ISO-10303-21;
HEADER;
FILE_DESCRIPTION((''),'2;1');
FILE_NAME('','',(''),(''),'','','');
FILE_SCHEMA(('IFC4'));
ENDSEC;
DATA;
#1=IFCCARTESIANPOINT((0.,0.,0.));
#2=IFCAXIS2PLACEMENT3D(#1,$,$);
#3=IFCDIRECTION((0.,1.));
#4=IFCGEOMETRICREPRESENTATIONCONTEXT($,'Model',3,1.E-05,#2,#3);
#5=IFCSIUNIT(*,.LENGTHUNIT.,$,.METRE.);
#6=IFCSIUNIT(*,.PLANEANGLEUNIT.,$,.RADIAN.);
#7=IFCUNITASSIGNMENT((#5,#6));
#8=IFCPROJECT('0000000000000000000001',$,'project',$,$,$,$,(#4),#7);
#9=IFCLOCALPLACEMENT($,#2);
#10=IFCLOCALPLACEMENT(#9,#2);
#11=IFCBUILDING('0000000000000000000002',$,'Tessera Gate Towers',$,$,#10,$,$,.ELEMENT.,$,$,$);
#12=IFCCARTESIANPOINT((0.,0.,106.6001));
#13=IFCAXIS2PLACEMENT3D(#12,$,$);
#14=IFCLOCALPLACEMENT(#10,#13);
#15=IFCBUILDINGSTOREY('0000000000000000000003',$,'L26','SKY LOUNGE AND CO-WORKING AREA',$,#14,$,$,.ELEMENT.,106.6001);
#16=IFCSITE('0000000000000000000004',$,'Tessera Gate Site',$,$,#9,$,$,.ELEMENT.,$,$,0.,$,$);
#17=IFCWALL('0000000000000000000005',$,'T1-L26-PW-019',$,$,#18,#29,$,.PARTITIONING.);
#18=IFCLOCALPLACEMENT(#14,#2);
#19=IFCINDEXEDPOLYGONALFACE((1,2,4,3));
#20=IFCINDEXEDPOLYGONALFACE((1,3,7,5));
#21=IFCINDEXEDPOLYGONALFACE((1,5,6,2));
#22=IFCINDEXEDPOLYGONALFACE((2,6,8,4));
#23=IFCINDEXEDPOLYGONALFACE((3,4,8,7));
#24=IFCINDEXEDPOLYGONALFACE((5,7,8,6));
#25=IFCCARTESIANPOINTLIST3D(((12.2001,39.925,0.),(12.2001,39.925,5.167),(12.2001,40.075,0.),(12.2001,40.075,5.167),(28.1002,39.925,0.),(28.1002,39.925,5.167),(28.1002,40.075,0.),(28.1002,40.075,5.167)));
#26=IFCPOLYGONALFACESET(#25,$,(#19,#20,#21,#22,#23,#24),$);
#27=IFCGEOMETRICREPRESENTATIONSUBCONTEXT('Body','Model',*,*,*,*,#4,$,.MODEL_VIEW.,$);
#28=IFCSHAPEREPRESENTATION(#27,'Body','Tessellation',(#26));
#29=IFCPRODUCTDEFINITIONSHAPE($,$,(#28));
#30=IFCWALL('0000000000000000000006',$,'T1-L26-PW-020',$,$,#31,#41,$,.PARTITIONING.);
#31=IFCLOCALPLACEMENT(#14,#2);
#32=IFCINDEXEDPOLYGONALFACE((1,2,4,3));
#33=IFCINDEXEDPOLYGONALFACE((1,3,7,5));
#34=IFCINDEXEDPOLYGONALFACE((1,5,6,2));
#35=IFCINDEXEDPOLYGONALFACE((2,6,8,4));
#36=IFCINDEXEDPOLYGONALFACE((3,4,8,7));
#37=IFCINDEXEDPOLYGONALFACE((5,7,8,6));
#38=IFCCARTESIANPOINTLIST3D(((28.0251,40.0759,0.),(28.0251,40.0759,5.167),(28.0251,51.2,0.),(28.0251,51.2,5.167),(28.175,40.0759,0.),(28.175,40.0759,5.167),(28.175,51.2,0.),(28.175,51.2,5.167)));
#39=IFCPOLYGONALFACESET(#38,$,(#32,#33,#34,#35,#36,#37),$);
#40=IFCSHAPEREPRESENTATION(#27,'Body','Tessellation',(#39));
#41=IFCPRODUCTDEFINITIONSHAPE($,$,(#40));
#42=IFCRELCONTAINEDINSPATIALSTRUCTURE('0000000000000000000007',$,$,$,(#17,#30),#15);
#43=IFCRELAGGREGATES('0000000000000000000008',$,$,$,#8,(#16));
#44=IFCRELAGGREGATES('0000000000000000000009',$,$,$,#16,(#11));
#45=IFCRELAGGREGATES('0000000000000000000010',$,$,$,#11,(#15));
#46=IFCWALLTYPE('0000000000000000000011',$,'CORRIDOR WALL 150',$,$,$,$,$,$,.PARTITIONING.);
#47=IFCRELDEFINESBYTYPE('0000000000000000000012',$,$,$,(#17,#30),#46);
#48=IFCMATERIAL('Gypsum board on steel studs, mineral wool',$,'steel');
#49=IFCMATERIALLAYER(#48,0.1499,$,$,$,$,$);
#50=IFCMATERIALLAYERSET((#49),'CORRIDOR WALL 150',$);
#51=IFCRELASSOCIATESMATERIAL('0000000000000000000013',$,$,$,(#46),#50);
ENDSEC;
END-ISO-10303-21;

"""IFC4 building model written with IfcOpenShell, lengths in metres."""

from ifc_helpers import new_model, si_unit, direction, frame, frame_2d, origin, place, context, subcontext, project, spatial, rectangle, extrude, material, layer, layer_set, type_object, element, save


model = new_model("IFC4")

# Units and contexts
model_context = context("Model", 3, precision=1e-05, world=origin(), true_north=direction((0.0, 1.0)))
body_context = subcontext(model_context, "Body", "Model", "MODEL_VIEW")
ifc_project = project(units=[si_unit("LENGTHUNIT", "METRE"), si_unit("PLANEANGLEUNIT", "RADIAN")], contexts=[model_context])

# Site, building, storey
site_placement = place(None, origin())
site = spatial("IfcSite", under=ifc_project, at=site_placement, Name="Tessera Gate Site", CompositionType="ELEMENT", RefElevation=0.0)
building_placement = place(site_placement, origin())
building = spatial("IfcBuilding", under=site, at=building_placement, Name="Tessera Gate Towers", CompositionType="ELEMENT")
storey_placement = place(building_placement, frame((0.0, 0.0, 106.6001)))
storey = spatial("IfcBuildingStorey", under=building, at=storey_placement, Name="L26", Description="SKY LOUNGE AND CO-WORKING AREA", CompositionType="ELEMENT", Elevation=106.6001)

# Shared definitions
ifc_material_1 = material(Name="Gypsum board on steel studs, mineral wool", Category="steel")
ifc_layer_1 = layer(ifc_material_1, 0.1499)
ifc_layer_set_1 = layer_set([ifc_layer_1], Name="CORRIDOR WALL 150")
wall_type_1 = type_object("IfcWallType", Name="CORRIDOR WALL 150", PredefinedType="PARTITIONING", material=ifc_layer_set_1)

# Walls
wall_1_placement = place(storey_placement, frame((12.2, 40.0, 0.0), z_axis=(0.0, 0.0, 1.0), x_axis=(1.0, 0.0, 0.0)))
element("IfcWall", 1, at=wall_1_placement, inside=storey, type_object=wall_type_1, Name="T1-L26-PW-019", PredefinedType="PARTITIONING", context=body_context, shape_type="SweptSolid", body=[
    extrude(rectangle(XDim=15.9001, YDim=0.1499, at=frame_2d((7.9502, 0.0))), origin(), (0.0, 0.0, 1.0), 5.167),
])
wall_2_placement = place(storey_placement, frame((28.1001, 40.0759, 0.0), z_axis=(0.0, 0.0, 1.0), x_axis=(0.0, 1.0, 0.0)))
element("IfcWall", 2, at=wall_2_placement, inside=storey, type_object=wall_type_1, Name="T1-L26-PW-020", PredefinedType="PARTITIONING", context=body_context, shape_type="SweptSolid", body=[
    extrude(rectangle(XDim=11.124, YDim=0.1499, at=frame_2d((5.562, 0.0))), origin(), (0.0, 0.0, 1.0), 5.167),
])

save(model, "model.ifc")
